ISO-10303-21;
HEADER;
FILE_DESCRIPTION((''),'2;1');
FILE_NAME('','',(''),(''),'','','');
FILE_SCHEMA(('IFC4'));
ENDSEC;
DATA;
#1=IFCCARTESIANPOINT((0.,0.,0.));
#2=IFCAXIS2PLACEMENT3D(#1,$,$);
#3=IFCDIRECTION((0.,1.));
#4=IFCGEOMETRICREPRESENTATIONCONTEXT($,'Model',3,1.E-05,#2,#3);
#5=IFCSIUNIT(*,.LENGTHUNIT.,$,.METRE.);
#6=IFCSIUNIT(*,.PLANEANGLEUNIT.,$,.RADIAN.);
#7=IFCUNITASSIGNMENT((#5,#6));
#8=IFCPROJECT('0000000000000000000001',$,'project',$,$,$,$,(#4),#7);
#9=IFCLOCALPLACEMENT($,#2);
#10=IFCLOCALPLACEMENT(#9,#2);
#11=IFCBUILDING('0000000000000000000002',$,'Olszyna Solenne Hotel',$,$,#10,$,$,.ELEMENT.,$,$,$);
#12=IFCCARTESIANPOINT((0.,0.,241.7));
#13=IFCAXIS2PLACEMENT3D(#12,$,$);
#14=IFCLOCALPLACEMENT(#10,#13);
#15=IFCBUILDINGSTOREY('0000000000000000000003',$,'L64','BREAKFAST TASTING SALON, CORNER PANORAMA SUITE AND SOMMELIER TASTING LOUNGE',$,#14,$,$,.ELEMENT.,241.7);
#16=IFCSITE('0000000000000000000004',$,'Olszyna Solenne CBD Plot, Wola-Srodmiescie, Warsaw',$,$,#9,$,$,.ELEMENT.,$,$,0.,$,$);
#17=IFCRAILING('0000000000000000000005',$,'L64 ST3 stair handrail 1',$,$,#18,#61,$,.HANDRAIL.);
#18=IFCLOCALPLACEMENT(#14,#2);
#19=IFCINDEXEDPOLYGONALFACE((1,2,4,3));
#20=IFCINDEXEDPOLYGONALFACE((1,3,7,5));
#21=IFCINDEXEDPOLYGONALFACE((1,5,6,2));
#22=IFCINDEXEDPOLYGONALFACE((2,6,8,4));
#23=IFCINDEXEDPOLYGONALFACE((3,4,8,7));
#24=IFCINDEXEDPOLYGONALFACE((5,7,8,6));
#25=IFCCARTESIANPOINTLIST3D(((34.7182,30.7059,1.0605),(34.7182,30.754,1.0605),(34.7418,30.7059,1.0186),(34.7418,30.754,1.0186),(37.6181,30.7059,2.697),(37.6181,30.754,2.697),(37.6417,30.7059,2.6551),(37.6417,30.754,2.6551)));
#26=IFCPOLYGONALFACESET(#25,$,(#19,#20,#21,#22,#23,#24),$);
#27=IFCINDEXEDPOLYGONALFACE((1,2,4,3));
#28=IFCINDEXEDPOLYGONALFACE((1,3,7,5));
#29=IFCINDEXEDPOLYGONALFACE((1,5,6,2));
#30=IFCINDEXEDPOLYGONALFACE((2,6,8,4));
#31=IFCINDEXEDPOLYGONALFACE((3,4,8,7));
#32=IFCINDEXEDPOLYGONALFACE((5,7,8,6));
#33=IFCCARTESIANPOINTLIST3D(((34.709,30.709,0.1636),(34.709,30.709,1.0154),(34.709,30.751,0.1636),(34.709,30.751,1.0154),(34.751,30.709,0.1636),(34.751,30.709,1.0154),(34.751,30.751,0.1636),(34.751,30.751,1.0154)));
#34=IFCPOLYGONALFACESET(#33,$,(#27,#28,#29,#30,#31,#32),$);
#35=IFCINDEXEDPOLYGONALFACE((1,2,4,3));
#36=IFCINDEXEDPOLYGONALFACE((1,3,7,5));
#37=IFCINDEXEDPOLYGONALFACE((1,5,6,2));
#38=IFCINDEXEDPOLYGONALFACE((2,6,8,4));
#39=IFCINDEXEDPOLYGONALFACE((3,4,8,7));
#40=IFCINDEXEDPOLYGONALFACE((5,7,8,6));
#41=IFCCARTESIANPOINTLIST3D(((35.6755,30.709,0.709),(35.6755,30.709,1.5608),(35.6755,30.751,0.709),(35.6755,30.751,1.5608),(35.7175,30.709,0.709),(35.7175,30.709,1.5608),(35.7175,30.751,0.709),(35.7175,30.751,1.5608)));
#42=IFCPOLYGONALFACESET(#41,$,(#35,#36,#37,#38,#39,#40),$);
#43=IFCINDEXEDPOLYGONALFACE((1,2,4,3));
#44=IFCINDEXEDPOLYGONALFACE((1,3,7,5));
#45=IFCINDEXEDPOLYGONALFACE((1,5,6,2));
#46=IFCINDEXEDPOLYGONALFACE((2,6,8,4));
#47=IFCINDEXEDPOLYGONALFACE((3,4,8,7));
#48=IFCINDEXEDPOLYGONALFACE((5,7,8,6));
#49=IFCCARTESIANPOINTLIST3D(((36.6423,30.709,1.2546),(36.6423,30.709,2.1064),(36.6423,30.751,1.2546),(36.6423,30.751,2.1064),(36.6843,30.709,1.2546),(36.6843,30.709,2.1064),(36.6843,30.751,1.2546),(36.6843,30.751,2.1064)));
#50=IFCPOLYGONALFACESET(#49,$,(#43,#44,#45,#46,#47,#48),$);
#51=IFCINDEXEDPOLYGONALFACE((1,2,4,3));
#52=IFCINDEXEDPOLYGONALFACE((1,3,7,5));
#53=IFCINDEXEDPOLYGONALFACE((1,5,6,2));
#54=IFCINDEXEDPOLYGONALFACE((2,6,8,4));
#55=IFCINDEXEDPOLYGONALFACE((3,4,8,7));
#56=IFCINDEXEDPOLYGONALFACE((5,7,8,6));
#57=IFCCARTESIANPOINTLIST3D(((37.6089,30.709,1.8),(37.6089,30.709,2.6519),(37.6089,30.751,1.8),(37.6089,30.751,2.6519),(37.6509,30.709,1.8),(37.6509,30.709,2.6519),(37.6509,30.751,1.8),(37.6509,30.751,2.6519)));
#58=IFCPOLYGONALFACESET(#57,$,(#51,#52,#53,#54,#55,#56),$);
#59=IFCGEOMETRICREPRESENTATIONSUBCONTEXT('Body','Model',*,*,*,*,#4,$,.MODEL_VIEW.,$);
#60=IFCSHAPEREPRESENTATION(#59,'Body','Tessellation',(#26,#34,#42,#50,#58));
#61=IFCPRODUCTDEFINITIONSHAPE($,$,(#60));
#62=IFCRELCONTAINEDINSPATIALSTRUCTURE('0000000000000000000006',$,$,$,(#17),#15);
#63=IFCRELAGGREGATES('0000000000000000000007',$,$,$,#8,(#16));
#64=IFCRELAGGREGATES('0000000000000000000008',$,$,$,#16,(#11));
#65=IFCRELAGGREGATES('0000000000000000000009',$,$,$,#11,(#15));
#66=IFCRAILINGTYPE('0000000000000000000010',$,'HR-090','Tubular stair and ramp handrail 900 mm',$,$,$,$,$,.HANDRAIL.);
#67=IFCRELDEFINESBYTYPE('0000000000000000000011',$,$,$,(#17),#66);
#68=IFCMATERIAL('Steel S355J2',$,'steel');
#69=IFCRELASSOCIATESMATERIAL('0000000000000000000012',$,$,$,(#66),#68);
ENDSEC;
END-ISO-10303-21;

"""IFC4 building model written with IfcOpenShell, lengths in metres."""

from ifc_helpers import new_model, si_unit, direction, frame, origin, origin_2d, place, context, subcontext, project, spatial, rectangle, extrude, material, type_object, element, save


model = new_model("IFC4")

# Units and contexts
model_context = context("Model", 3, precision=1e-05, world=origin(), true_north=direction((0.0, 1.0)))
body_context = subcontext(model_context, "Body", "Model", "MODEL_VIEW")
ifc_project = project(units=[si_unit("LENGTHUNIT", "METRE"), si_unit("PLANEANGLEUNIT", "RADIAN")], contexts=[model_context])

# Site, building, storey
site_placement = place(None, origin())
site = spatial("IfcSite", under=ifc_project, at=site_placement, Name="Olszyna Solenne CBD Plot, Wola-Srodmiescie, Warsaw", CompositionType="ELEMENT", RefElevation=0.0)
building_placement = place(site_placement, origin())
building = spatial("IfcBuilding", under=site, at=building_placement, Name="Olszyna Solenne Hotel", CompositionType="ELEMENT")
storey_placement = place(building_placement, frame((0.0, 0.0, 241.7)))
storey = spatial("IfcBuildingStorey", under=building, at=storey_placement, Name="L64", Description="BREAKFAST TASTING SALON, CORNER PANORAMA SUITE AND SOMMELIER TASTING LOUNGE", CompositionType="ELEMENT", Elevation=241.7)

# Shared definitions
ifc_material_1 = material(Name="Steel S355J2", Category="steel")

# Railing
railing_type_1 = type_object("IfcRailingType", Name="HR-090", Description="Tubular stair and ramp handrail 900 mm", PredefinedType="HANDRAIL", material=ifc_material_1)
railing_1_placement = place(storey_placement, frame((34.73, 30.73, 0.1636)))
element("IfcRailing", 1, at=railing_1_placement, inside=storey, type_object=railing_type_1, Name="L64 ST3 stair handrail 1", PredefinedType="HANDRAIL", context=body_context, shape_type="SweptSolid", body=[
    extrude(rectangle(XDim=0.0481, YDim=0.0481, at=origin_2d()), frame((0.0, 0.0, 0.876), z_axis=(0.870897, 0.0, 0.491465), x_axis=(0.0, 1.0, 0.0)), (0.0, 0.0, 1.0), 3.3298),
    extrude(rectangle(XDim=0.042, YDim=0.042, at=origin_2d()), origin(), (0.0, 0.0, 1.0), 0.8518),
    extrude(rectangle(XDim=0.042, YDim=0.042, at=origin_2d()), frame((0.9666, 0.0, 0.5454)), (0.0, 0.0, 1.0), 0.8518),
    extrude(rectangle(XDim=0.042, YDim=0.042, at=origin_2d()), frame((1.9333, 0.0, 1.0911)), (0.0, 0.0, 1.0), 0.8518),
    extrude(rectangle(XDim=0.042, YDim=0.042, at=origin_2d()), frame((2.8999, 0.0, 1.6365)), (0.0, 0.0, 1.0), 0.8518),
])

save(model, "model.ifc")
